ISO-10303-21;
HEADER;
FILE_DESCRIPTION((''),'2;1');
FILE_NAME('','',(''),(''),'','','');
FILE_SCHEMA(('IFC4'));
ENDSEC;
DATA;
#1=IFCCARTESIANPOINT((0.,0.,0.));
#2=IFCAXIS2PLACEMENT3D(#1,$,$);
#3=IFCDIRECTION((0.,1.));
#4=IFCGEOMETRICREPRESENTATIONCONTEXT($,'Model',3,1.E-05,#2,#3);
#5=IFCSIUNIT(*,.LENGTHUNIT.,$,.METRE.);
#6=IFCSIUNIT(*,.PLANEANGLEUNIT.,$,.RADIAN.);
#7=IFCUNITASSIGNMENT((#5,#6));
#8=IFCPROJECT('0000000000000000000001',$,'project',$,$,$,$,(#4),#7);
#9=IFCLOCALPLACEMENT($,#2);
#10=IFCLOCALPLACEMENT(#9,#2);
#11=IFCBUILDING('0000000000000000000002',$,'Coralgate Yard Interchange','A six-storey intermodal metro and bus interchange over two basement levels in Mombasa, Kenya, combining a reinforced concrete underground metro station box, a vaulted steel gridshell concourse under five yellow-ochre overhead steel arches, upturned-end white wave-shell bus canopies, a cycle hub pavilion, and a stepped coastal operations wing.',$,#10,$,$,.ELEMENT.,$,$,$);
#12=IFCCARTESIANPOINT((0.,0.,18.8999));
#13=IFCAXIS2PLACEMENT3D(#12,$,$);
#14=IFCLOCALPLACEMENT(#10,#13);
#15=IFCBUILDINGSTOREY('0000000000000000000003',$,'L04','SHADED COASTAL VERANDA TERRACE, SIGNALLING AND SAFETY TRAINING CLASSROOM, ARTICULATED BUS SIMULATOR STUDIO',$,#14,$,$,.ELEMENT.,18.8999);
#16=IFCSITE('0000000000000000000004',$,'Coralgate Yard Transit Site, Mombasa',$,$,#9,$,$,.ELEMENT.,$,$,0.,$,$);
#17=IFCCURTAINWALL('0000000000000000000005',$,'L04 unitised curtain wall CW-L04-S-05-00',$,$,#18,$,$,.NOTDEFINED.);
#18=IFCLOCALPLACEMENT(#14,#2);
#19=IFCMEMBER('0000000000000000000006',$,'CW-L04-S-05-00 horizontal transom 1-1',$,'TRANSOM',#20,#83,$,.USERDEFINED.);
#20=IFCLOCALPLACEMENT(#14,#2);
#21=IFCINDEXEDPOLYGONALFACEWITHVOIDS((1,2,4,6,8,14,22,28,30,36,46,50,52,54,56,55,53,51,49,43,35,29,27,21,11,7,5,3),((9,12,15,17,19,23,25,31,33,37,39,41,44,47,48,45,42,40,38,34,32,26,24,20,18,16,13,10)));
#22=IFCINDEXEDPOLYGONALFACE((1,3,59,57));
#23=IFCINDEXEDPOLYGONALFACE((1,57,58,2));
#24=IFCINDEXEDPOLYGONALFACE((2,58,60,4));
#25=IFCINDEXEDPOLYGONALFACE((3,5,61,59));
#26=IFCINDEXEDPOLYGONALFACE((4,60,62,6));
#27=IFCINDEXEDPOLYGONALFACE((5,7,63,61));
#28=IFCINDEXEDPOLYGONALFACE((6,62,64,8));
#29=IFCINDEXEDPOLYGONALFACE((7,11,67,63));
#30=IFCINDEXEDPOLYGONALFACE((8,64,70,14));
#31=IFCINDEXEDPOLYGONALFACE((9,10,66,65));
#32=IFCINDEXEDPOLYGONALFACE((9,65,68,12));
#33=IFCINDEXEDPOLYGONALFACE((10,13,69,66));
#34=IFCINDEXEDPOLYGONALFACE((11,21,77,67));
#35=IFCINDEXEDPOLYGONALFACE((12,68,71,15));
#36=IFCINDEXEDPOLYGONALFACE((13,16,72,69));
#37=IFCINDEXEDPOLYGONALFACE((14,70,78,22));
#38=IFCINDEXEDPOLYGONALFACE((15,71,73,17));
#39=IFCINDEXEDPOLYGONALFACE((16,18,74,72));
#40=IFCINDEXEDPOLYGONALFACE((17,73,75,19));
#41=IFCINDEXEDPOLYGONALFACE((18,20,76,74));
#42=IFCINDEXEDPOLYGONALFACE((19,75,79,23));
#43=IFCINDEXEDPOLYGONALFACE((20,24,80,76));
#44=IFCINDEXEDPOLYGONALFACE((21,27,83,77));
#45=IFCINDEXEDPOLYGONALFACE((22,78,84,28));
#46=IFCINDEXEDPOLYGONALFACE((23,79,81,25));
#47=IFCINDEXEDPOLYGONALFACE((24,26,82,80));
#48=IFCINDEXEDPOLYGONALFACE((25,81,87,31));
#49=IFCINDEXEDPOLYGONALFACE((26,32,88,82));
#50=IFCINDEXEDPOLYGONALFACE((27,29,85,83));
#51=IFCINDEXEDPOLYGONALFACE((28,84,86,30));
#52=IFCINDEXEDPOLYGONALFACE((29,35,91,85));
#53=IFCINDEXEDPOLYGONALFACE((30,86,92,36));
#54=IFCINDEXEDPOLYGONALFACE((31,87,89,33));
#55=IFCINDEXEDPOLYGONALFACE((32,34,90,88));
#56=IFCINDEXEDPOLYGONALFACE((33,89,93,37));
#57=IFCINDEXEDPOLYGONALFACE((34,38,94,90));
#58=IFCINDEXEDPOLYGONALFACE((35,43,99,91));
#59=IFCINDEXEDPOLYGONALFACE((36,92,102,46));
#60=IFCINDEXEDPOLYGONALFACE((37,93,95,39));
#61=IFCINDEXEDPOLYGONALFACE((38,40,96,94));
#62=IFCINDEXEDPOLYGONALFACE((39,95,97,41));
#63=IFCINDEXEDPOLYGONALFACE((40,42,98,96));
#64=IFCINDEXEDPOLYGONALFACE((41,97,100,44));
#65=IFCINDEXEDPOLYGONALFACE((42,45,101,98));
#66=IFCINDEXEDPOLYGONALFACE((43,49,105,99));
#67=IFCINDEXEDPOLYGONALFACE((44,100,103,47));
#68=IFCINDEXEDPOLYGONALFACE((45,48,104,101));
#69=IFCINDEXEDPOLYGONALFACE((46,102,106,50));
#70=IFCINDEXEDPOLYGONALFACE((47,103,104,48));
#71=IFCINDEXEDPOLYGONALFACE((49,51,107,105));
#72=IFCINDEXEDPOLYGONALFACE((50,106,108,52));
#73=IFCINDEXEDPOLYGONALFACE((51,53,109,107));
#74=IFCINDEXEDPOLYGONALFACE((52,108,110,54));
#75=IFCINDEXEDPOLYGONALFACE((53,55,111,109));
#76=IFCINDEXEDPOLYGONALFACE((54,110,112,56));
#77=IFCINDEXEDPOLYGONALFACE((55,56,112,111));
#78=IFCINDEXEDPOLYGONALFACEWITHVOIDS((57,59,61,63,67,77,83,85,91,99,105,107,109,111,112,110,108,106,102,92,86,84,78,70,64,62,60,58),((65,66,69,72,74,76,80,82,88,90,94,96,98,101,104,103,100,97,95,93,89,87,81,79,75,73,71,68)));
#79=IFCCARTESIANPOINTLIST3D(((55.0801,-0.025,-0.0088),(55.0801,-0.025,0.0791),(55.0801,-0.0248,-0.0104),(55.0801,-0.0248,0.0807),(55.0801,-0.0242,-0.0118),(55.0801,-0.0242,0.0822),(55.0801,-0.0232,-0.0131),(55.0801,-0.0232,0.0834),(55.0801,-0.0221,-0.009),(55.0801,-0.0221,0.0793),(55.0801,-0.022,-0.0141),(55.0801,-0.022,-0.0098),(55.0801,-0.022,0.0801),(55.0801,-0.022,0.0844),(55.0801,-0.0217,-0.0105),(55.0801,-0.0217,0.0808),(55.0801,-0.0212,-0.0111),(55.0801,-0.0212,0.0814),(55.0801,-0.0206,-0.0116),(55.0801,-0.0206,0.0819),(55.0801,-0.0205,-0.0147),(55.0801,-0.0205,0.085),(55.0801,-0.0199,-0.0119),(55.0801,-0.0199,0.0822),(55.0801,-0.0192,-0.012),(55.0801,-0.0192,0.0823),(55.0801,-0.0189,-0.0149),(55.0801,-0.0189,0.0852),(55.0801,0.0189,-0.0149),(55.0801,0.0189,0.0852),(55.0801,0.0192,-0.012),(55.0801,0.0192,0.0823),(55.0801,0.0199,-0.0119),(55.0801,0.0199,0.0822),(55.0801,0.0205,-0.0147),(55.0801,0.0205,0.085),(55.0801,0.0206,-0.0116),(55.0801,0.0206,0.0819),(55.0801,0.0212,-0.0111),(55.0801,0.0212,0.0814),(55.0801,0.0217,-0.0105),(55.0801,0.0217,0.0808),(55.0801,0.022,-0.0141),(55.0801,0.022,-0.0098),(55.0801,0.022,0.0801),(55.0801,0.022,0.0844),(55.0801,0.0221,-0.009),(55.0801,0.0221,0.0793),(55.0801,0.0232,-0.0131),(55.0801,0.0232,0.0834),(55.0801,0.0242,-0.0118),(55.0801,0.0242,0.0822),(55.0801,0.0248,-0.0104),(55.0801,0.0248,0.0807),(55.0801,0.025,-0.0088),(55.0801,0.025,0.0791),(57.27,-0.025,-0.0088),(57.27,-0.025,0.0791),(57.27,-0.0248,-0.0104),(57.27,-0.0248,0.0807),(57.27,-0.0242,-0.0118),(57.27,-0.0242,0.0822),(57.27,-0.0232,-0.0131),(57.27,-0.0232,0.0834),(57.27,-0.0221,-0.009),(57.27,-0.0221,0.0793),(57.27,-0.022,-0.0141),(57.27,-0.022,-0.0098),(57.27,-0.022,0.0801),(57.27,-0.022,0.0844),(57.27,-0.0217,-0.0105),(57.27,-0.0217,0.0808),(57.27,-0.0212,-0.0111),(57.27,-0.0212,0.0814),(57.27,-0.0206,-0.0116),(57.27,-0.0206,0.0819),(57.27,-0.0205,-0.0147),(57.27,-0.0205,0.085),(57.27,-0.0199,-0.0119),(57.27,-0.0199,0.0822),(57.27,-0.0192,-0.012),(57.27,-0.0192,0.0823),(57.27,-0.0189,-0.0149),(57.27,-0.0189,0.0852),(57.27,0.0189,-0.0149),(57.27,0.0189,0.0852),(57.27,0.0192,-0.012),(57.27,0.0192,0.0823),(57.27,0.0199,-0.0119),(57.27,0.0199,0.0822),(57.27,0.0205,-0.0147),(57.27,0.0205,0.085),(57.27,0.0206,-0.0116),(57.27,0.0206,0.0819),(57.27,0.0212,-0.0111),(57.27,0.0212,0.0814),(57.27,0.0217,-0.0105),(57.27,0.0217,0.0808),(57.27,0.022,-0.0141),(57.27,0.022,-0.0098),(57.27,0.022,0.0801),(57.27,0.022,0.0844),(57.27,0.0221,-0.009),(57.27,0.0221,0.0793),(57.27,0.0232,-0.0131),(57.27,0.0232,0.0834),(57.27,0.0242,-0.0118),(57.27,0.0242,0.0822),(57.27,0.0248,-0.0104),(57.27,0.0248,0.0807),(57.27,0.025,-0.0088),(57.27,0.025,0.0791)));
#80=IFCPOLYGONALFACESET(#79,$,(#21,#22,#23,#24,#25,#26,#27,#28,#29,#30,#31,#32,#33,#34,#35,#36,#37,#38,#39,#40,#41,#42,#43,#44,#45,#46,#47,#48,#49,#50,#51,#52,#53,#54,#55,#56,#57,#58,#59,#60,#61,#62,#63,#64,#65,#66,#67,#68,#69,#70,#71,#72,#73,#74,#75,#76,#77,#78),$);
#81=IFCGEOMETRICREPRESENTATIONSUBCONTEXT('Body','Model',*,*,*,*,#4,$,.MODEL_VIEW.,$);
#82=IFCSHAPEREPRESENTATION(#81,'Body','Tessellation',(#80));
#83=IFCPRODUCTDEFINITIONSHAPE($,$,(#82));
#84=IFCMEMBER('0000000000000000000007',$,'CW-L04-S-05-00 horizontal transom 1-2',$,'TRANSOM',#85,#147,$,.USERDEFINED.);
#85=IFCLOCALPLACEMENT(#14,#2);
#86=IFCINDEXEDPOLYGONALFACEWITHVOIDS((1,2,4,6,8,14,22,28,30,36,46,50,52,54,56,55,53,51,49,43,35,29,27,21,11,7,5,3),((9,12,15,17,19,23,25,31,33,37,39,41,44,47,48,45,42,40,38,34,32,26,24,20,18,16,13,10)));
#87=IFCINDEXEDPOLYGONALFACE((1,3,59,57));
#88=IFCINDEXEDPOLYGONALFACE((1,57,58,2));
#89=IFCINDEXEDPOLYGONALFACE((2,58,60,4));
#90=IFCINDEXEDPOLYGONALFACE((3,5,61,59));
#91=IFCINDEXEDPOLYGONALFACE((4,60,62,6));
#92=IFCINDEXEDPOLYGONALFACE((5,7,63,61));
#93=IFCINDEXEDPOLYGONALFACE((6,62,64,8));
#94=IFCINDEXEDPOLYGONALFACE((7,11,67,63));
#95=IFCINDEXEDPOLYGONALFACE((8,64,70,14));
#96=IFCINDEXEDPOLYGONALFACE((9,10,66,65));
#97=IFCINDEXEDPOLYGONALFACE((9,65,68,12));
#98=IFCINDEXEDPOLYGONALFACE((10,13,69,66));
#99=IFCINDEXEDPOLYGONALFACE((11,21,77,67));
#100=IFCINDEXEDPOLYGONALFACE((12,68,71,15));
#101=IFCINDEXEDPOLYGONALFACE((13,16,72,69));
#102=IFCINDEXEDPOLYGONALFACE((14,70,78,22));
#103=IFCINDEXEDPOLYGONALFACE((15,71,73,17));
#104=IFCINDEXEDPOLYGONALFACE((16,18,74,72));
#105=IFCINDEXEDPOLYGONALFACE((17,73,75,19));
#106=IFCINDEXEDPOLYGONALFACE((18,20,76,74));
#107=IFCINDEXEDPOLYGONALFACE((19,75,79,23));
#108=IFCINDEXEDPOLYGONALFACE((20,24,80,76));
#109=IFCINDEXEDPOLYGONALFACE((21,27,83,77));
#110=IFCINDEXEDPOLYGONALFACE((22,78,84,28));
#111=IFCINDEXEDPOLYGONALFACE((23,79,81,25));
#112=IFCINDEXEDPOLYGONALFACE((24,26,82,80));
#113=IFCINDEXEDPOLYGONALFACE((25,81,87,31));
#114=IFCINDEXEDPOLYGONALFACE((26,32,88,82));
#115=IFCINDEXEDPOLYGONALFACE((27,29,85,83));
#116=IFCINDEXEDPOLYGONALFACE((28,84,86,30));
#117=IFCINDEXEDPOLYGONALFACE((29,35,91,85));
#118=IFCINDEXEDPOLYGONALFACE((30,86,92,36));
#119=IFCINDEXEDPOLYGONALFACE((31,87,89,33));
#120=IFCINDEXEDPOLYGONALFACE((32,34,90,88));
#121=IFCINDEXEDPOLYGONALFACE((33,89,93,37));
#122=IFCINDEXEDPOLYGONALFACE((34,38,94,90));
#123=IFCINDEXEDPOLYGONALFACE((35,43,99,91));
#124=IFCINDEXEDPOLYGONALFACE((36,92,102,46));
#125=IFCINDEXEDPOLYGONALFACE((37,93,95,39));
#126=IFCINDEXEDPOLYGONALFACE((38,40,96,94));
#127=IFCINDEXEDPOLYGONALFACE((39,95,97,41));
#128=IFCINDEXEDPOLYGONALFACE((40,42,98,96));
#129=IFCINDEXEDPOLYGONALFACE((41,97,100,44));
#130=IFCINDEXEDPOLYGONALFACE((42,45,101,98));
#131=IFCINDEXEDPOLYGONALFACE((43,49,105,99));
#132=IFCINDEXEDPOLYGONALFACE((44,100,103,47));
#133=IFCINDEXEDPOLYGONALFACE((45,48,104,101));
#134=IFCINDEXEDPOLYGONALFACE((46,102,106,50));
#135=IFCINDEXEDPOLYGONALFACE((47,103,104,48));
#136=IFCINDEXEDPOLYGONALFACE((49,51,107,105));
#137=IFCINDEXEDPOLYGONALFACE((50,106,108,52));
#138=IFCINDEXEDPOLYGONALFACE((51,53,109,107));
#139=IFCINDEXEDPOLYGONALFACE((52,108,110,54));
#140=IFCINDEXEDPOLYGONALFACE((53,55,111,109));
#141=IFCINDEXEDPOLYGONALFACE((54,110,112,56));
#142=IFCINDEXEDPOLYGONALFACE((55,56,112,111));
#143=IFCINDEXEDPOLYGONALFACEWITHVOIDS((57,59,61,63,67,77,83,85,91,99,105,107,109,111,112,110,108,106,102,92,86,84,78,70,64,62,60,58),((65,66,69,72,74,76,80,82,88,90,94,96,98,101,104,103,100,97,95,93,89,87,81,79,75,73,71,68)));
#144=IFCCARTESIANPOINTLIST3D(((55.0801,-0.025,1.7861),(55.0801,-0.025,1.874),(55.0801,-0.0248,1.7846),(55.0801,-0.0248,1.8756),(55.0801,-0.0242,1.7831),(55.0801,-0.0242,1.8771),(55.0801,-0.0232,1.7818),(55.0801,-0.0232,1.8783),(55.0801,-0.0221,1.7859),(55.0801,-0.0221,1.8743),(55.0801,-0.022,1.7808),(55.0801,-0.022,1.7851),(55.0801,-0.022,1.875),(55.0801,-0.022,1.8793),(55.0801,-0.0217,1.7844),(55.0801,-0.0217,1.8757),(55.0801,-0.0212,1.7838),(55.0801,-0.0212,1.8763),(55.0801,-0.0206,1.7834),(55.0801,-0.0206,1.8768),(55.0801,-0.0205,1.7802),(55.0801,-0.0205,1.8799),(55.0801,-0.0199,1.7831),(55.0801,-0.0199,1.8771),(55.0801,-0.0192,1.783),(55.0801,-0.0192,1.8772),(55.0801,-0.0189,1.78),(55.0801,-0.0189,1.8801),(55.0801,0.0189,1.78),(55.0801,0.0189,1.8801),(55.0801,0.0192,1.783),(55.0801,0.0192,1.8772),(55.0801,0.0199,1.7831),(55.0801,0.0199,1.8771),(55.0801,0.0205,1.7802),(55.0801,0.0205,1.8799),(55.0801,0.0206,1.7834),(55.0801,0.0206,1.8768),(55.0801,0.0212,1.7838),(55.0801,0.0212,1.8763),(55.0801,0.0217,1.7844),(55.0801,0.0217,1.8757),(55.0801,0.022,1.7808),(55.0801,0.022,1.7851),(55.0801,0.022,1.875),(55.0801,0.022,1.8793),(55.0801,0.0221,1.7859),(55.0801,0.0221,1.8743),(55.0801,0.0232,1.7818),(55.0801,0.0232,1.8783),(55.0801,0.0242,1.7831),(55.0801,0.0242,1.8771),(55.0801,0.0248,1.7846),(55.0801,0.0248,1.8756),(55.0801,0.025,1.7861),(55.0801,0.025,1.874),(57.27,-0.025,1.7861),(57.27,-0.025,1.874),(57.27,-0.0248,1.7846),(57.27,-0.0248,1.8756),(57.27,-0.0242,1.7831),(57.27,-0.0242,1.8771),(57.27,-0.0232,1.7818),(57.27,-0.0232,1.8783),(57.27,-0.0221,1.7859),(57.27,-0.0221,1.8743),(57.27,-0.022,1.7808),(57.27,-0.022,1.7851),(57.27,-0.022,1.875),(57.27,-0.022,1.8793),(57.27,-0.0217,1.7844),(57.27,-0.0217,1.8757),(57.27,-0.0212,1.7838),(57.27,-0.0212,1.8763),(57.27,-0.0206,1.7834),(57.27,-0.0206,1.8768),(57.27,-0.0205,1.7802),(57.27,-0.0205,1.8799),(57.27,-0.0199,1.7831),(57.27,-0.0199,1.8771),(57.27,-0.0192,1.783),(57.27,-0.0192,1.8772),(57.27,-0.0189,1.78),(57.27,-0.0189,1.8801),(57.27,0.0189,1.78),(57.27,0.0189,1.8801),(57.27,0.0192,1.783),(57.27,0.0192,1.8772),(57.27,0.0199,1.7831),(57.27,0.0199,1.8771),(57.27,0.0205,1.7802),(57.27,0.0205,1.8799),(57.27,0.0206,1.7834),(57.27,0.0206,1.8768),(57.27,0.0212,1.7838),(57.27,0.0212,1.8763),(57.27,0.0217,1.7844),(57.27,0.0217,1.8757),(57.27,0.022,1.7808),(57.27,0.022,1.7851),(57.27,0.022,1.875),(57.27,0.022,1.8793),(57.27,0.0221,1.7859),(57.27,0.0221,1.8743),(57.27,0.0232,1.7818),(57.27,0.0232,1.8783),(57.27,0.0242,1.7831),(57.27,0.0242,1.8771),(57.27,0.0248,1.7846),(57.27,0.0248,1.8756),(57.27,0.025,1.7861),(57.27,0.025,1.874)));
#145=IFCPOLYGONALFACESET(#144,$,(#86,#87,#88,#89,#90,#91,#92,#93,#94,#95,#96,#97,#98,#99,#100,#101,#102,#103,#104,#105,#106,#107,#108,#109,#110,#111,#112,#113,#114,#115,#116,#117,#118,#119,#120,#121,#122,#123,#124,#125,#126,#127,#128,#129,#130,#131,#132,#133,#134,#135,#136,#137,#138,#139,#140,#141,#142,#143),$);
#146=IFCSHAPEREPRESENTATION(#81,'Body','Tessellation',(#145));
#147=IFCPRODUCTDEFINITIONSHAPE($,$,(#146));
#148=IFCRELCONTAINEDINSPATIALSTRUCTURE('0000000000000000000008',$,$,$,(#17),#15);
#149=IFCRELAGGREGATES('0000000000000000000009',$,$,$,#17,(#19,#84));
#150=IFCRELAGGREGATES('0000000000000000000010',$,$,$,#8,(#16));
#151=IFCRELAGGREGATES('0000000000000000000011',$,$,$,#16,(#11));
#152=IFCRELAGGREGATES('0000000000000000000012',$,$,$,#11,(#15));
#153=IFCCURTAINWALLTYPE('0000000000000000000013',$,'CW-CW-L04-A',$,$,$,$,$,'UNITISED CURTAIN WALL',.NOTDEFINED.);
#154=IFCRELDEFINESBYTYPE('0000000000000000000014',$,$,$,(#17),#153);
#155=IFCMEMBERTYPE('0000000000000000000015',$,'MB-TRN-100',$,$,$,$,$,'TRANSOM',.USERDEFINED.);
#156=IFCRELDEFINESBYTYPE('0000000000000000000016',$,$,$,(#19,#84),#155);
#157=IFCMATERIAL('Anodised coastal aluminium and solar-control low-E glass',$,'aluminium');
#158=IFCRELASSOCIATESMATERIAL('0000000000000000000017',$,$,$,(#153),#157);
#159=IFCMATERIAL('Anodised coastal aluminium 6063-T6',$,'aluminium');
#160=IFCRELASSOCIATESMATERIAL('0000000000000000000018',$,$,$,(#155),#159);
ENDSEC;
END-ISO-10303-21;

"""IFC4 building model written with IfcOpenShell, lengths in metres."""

from ifc_helpers import new_model, si_unit, direction, frame, origin, origin_2d, place, context, subcontext, project, spatial, hollow_rectangle, extrude, material, material_profile, profile_set, type_object, element, aggregate, save


model = new_model("IFC4")

# Units and contexts
model_context = context("Model", 3, precision=1e-05, world=origin(), true_north=direction((0.0, 1.0)))
body_context = subcontext(model_context, "Body", "Model", "MODEL_VIEW")
ifc_project = project(units=[si_unit("LENGTHUNIT", "METRE"), si_unit("PLANEANGLEUNIT", "RADIAN")], contexts=[model_context])

# Site, building, storey
site_placement = place(None, origin())
site = spatial("IfcSite", under=ifc_project, at=site_placement, Name="Coralgate Yard Transit Site, Mombasa", CompositionType="ELEMENT", RefElevation=0.0)
building_placement = place(site_placement, origin())
building = spatial("IfcBuilding", under=site, at=building_placement, Name="Coralgate Yard Interchange", Description="A six-storey intermodal metro and bus interchange over two basement levels in Mombasa, Kenya, combining a reinforced concrete underground metro station box, a vaulted steel gridshell concourse under five yellow-ochre overhead steel arches, upturned-end white wave-shell bus canopies, a cycle hub pavilion, and a stepped coastal operations wing.", CompositionType="ELEMENT")
storey_placement = place(building_placement, frame((0.0, 0.0, 18.8999)))
storey = spatial("IfcBuildingStorey", under=building, at=storey_placement, Name="L04", Description="SHADED COASTAL VERANDA TERRACE, SIGNALLING AND SAFETY TRAINING CLASSROOM, ARTICULATED BUS SIMULATOR STUDIO", CompositionType="ELEMENT", Elevation=18.8999)

# Curtain wall
ifc_material_1 = material(Name="Anodised coastal aluminium and solar-control low-E glass", Category="aluminium")
curtain_wall_type = type_object("IfcCurtainWallType", Name="CW-CW-L04-A", ElementType="UNITISED CURTAIN WALL", PredefinedType="NOTDEFINED", material=ifc_material_1)
curtain_wall_1_placement = place(storey_placement, origin())
curtain_wall_1 = element("IfcCurtainWall", 1, at=curtain_wall_1_placement, inside=storey, type_object=curtain_wall_type, Name="L04 unitised curtain wall CW-L04-S-05-00", PredefinedType="NOTDEFINED")
ifc_material_2 = material(Name="Anodised coastal aluminium 6063-T6", Category="aluminium")

# Members
ifc_material_profile_1 = material_profile(ifc_material_2, hollow_rectangle(XDim=0.05, YDim=0.1001, WallThickness=0.0029, InnerFilletRadius=0.0029, OuterFilletRadius=0.0061, at=origin_2d()), Name="ALU 50x100x3")
ifc_profile_set_1 = profile_set([ifc_material_profile_1], Name="Anodised coastal aluminium 6063-T6")
member_type_1 = type_object("IfcMemberType", Name="MB-TRN-100", ElementType="TRANSOM", PredefinedType="USERDEFINED", material=ifc_profile_set_1)
member_1_placement = place(storey_placement, frame((57.27, 0.0, 0.0352), z_axis=(-1.0, 0.0, 0.0), x_axis=(0.0, -1.0, 0.0)))
member_1 = element("IfcMember", 2, at=member_1_placement, type_object=member_type_1, Name="CW-L04-S-05-00 horizontal transom 1-1", ObjectType="TRANSOM", PredefinedType="USERDEFINED", context=body_context, shape_type="SweptSolid", body=[
    extrude(hollow_rectangle(XDim=0.05, YDim=0.1001, WallThickness=0.0029, InnerFilletRadius=0.0029, OuterFilletRadius=0.0061, at=origin_2d()), origin(), (0.0, 0.0, 1.0), 2.1899),
])
member_2_placement = place(storey_placement, frame((57.27, 0.0, 1.8301), z_axis=(-1.0, 0.0, 0.0), x_axis=(0.0, -1.0, 0.0)))
member_2 = element("IfcMember", 3, at=member_2_placement, type_object=member_type_1, Name="CW-L04-S-05-00 horizontal transom 1-2", ObjectType="TRANSOM", PredefinedType="USERDEFINED", context=body_context, shape_type="SweptSolid", body=[
    extrude(hollow_rectangle(XDim=0.05, YDim=0.1001, WallThickness=0.0029, InnerFilletRadius=0.0029, OuterFilletRadius=0.0061, at=origin_2d()), origin(), (0.0, 0.0, 1.0), 2.1899),
])

aggregate(curtain_wall_1, [member_1, member_2])

save(model, "model.ifc")
